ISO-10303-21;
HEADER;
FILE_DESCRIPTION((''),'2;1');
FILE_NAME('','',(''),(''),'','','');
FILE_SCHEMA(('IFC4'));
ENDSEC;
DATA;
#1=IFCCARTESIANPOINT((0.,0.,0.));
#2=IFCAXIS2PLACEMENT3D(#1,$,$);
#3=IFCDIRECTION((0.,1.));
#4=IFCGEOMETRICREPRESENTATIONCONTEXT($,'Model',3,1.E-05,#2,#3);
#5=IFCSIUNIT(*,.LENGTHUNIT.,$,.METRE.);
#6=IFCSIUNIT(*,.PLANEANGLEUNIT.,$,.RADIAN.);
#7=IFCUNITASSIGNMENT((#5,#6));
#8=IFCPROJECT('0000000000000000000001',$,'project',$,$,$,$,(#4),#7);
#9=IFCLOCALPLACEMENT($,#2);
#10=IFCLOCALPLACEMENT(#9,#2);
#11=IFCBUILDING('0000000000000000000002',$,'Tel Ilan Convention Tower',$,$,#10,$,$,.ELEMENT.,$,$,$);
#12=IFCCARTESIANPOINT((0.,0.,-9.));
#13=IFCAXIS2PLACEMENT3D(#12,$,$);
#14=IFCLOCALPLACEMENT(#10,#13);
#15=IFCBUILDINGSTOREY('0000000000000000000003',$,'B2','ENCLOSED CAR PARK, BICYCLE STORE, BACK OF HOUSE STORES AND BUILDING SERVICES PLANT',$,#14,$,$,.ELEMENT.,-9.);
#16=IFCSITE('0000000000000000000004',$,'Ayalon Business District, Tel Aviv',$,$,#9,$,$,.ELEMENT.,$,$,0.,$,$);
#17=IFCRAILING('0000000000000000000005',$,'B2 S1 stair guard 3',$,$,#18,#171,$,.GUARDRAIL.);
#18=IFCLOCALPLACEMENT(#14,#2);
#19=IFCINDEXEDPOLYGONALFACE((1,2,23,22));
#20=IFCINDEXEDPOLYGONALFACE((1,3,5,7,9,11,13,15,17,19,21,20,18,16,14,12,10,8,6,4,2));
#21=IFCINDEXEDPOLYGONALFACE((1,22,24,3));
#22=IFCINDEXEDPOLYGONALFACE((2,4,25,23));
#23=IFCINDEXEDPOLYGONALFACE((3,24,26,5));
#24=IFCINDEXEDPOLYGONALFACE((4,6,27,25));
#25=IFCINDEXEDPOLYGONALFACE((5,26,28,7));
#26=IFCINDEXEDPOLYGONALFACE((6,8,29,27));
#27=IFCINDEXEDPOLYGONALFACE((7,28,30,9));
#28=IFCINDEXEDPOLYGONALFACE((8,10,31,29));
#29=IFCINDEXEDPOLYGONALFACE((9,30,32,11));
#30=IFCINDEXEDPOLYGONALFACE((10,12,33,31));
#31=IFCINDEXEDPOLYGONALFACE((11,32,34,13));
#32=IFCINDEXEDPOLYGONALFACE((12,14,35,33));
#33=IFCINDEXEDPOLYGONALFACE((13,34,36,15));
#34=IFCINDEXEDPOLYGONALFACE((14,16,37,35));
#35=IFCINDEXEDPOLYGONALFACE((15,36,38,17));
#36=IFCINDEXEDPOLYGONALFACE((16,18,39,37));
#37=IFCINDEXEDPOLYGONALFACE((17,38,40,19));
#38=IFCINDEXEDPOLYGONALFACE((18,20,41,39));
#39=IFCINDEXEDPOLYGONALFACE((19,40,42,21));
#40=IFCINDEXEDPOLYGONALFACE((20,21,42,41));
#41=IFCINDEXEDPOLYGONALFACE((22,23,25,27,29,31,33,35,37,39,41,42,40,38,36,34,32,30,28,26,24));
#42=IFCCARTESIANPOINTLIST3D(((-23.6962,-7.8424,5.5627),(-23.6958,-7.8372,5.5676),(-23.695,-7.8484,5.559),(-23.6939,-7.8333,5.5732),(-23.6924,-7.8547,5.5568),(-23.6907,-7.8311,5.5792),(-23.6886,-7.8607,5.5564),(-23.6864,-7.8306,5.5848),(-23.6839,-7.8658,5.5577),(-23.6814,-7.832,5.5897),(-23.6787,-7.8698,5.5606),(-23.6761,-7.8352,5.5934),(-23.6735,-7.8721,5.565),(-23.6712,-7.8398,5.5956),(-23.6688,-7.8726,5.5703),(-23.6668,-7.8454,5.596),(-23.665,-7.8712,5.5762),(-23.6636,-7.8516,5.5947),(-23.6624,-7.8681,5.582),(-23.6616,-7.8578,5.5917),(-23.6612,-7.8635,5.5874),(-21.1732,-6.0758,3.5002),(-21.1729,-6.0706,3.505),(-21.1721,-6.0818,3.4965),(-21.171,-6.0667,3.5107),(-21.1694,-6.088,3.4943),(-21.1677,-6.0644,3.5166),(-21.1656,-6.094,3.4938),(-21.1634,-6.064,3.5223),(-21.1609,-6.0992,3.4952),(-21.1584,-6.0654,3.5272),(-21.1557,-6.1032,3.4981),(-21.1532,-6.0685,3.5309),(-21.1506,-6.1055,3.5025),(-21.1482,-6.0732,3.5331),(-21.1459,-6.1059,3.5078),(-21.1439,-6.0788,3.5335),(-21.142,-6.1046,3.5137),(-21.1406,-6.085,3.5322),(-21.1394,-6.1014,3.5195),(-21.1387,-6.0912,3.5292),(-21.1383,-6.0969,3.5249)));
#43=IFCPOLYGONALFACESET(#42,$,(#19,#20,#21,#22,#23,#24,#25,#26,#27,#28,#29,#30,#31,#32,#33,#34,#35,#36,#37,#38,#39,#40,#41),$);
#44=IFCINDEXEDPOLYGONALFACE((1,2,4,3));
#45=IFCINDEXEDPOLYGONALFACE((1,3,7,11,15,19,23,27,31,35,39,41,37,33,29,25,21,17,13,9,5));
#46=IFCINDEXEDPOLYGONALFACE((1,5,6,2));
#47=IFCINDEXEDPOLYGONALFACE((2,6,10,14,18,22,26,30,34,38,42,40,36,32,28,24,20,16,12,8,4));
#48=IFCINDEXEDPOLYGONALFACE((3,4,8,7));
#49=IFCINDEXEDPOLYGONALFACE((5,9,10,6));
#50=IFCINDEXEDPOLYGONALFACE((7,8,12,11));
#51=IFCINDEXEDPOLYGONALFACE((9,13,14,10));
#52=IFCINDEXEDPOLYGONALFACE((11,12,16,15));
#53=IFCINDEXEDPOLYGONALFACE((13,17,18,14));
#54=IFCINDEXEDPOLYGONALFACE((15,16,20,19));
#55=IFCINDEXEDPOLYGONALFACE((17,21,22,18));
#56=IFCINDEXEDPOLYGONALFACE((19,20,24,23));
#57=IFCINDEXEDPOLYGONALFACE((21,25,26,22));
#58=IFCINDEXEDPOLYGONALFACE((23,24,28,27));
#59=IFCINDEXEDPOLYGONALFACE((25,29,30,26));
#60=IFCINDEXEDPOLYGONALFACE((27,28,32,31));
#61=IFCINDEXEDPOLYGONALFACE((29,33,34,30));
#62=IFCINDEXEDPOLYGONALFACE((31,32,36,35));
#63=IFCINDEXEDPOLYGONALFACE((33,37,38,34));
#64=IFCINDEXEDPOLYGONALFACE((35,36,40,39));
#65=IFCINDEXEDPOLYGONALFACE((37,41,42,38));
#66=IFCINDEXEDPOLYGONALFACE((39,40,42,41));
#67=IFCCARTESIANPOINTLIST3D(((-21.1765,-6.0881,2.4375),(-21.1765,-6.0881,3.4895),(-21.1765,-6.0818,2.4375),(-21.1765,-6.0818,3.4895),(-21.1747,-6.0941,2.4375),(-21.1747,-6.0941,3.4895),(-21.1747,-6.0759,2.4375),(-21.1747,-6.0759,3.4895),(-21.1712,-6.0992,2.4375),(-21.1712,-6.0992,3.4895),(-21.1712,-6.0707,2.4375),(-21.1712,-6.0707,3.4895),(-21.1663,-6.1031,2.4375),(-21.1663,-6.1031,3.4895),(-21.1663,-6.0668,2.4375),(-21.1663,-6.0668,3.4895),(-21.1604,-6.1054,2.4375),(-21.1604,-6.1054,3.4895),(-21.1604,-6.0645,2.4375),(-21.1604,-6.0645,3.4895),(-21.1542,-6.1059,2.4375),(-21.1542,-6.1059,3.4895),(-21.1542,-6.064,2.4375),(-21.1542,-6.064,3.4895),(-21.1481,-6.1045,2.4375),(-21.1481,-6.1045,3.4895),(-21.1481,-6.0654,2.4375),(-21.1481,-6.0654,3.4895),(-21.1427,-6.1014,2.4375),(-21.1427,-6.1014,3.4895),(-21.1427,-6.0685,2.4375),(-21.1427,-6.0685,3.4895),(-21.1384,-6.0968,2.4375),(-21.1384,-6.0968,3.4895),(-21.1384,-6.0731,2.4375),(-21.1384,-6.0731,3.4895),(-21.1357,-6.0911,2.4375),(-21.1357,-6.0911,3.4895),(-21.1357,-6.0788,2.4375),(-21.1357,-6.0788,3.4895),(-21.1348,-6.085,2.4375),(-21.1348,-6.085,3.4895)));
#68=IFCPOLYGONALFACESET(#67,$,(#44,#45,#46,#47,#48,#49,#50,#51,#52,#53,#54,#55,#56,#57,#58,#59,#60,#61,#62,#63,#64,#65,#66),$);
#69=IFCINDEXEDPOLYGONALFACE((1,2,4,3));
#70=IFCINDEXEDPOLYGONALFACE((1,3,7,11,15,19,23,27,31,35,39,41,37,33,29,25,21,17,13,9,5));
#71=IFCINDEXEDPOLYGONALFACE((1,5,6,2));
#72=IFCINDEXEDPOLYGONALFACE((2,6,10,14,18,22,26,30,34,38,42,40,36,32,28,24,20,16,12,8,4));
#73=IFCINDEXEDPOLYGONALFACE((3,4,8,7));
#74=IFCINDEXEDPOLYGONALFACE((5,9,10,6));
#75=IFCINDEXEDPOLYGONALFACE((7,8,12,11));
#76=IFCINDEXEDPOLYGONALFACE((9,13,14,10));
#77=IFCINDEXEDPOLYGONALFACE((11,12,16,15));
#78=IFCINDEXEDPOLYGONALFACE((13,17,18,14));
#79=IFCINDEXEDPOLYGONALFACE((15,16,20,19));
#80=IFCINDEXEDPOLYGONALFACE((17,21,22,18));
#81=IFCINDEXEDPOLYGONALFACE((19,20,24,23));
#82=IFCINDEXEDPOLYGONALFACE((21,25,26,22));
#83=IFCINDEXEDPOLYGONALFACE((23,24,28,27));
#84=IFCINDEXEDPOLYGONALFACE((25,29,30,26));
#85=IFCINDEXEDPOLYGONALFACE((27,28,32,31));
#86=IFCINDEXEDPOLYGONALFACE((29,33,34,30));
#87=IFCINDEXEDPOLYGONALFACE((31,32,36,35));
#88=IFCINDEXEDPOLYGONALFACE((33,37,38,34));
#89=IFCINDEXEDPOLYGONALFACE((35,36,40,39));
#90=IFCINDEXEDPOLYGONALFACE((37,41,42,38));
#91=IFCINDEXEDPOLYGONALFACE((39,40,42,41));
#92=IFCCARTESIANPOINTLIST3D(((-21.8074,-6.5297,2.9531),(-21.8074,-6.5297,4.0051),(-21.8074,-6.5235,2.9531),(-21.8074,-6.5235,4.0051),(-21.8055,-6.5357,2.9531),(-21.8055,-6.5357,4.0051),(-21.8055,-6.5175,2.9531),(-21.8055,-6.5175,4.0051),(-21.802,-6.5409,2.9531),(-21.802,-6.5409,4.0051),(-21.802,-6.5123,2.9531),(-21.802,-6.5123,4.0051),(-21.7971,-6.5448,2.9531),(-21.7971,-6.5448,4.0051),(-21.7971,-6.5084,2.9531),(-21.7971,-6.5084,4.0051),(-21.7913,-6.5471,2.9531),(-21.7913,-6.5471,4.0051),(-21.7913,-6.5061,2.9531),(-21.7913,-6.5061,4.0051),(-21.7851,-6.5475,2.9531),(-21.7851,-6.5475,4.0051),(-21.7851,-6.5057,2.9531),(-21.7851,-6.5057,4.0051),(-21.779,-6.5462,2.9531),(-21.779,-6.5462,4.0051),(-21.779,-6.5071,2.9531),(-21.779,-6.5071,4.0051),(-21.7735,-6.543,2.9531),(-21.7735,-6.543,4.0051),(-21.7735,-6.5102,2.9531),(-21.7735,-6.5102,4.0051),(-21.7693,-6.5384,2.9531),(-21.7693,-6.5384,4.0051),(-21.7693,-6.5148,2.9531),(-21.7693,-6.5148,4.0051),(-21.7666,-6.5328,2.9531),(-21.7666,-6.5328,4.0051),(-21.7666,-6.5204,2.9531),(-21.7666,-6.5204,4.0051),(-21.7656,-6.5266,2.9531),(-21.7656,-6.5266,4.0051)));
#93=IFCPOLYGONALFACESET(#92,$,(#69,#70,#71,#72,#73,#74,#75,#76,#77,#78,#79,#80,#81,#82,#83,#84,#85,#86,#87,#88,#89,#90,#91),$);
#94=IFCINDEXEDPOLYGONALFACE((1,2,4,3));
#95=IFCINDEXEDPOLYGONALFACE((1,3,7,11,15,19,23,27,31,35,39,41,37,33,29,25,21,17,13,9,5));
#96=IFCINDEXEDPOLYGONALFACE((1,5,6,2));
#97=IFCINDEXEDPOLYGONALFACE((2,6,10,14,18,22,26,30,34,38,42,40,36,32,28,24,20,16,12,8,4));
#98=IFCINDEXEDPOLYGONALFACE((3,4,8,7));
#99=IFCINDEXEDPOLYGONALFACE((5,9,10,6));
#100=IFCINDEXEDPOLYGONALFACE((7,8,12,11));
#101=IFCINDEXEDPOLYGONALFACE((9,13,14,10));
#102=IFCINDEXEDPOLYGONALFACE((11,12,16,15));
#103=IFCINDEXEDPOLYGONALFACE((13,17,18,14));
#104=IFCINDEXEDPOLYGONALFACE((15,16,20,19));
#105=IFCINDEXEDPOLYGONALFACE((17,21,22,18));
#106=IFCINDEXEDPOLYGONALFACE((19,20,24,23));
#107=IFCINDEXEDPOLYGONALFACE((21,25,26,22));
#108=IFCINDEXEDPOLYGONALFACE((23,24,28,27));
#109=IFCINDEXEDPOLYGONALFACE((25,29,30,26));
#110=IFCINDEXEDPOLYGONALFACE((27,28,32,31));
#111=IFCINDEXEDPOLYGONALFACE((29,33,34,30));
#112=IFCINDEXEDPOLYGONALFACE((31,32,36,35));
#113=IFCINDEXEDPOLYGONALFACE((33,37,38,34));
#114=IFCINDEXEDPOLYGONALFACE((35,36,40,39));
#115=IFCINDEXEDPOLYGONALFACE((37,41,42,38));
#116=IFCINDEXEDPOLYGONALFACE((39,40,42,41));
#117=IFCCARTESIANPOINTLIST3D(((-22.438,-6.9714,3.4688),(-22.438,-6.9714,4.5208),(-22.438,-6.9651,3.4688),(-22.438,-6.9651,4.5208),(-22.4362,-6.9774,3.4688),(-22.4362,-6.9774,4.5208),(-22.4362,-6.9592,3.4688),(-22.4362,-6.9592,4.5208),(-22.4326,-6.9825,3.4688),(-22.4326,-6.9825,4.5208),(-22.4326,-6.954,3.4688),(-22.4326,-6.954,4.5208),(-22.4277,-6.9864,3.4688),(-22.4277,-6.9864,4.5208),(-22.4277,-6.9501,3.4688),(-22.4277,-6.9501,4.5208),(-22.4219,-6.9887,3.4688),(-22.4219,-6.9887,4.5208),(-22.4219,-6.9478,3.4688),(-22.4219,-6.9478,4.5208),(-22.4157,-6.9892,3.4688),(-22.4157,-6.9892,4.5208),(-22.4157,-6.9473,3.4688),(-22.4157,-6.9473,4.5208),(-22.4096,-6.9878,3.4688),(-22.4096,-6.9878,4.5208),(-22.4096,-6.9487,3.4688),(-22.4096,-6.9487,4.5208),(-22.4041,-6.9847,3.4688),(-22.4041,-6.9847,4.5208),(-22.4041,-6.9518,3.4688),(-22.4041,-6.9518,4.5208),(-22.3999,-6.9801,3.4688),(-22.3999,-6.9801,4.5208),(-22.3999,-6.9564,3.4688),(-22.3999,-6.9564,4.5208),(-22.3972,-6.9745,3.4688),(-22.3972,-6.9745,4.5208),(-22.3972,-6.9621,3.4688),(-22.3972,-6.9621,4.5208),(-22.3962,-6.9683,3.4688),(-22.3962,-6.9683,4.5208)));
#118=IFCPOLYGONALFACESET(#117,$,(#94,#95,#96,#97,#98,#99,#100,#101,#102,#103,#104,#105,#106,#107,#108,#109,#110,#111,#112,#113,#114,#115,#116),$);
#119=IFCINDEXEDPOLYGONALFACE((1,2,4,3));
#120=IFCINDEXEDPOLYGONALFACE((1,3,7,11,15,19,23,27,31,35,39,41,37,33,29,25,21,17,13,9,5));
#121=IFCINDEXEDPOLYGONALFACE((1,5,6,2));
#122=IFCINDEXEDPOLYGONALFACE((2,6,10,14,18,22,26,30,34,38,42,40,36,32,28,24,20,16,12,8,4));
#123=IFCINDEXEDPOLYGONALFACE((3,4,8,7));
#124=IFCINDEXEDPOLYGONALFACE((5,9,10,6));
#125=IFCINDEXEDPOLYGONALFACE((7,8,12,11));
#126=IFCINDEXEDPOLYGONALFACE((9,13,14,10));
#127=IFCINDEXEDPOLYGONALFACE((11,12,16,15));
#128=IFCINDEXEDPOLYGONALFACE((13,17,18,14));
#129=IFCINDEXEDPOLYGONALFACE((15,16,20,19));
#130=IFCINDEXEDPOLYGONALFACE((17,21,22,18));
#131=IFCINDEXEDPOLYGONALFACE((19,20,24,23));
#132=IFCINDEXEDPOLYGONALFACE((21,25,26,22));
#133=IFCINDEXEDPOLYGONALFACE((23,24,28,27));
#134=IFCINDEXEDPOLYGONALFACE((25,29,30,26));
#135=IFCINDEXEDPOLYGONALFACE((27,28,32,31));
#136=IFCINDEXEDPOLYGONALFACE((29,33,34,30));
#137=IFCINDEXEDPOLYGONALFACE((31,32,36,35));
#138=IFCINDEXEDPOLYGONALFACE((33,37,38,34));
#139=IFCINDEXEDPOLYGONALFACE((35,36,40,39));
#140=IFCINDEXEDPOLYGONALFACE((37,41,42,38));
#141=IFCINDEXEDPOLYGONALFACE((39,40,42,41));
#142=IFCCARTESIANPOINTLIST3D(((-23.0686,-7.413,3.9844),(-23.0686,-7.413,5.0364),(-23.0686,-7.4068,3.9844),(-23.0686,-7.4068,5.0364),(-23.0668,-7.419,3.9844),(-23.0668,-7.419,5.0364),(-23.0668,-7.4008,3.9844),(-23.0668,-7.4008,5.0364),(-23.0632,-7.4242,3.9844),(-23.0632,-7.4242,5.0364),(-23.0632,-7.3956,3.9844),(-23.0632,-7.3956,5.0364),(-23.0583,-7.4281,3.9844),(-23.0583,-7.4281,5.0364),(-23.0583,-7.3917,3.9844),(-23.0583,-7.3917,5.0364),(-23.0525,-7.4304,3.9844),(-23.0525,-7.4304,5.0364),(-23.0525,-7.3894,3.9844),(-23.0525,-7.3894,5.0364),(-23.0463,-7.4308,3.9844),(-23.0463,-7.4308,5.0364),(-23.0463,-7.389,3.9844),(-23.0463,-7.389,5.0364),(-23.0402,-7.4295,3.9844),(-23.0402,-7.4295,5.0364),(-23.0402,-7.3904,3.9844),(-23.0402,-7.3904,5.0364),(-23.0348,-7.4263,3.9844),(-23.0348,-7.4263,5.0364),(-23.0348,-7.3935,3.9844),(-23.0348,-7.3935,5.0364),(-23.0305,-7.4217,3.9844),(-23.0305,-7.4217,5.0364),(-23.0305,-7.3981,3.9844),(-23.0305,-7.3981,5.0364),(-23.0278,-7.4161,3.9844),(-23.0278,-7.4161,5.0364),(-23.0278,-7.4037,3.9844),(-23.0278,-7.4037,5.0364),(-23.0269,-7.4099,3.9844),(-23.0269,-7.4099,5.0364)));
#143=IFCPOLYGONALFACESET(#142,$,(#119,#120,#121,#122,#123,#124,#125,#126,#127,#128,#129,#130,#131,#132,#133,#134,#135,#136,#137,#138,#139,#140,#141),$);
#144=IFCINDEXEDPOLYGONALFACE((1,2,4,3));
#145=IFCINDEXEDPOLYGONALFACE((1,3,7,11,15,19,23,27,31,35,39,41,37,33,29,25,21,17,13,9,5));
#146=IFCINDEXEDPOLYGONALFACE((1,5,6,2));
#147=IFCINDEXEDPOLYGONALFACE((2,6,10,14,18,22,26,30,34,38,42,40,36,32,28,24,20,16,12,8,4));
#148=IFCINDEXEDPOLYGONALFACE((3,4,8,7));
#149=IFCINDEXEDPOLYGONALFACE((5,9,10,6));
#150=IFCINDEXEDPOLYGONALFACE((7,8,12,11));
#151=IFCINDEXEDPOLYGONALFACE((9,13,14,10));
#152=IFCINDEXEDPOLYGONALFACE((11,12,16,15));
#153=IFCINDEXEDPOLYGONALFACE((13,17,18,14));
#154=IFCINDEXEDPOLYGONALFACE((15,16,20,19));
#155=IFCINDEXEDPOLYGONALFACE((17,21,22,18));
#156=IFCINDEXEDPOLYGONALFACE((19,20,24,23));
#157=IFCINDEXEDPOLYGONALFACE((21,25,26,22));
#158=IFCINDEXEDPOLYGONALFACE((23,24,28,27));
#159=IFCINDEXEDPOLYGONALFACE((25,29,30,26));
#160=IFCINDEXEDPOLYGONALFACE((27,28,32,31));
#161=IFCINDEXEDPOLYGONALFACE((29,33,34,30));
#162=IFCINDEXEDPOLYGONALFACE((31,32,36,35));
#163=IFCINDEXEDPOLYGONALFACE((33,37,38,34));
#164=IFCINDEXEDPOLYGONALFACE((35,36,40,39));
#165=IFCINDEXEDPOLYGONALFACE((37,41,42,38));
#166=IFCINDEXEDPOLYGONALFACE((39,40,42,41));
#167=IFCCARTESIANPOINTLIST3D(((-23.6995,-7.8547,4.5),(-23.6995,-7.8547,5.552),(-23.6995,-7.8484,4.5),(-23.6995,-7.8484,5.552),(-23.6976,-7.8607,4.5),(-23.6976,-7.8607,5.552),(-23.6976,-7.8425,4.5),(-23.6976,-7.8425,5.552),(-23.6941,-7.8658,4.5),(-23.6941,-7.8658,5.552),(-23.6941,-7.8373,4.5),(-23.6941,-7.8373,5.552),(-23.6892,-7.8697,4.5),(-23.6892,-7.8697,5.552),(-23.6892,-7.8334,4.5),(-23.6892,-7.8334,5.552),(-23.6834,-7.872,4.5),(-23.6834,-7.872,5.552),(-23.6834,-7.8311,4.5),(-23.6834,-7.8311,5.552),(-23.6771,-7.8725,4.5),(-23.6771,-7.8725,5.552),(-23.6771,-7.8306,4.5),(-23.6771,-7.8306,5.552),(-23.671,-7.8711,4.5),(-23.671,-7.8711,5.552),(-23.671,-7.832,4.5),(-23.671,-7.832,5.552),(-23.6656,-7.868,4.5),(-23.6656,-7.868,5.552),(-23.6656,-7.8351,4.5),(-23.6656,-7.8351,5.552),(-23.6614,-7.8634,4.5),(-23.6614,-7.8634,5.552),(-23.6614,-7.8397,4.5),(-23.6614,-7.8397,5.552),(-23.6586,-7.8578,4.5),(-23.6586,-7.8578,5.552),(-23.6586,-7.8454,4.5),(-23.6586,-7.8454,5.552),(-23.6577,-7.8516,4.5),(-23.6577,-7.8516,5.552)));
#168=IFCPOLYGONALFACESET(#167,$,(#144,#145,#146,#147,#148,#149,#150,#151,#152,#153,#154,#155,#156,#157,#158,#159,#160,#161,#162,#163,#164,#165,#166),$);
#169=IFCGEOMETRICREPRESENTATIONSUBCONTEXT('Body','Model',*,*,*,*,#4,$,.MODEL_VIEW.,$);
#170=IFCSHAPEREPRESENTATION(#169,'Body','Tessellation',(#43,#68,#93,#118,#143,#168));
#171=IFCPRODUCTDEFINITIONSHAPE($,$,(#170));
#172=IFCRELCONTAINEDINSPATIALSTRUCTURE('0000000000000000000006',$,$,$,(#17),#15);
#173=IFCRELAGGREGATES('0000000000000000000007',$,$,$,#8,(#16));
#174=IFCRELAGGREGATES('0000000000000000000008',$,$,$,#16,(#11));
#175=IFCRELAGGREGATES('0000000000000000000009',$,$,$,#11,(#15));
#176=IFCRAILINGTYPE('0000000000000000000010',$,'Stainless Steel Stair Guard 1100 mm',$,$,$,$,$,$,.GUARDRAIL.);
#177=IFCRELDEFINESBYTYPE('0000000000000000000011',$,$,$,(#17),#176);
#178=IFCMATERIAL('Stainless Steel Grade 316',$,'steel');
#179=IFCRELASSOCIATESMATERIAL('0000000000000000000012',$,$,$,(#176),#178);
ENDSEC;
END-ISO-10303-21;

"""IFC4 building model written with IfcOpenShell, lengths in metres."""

from ifc_helpers import new_model, si_unit, direction, frame, origin, origin_2d, place, context, subcontext, project, spatial, circle, extrude, material, type_object, element, save


model = new_model("IFC4")

# Units and contexts
model_context = context("Model", 3, precision=1e-05, world=origin(), true_north=direction((0.0, 1.0)))
body_context = subcontext(model_context, "Body", "Model", "MODEL_VIEW")
ifc_project = project(units=[si_unit("LENGTHUNIT", "METRE"), si_unit("PLANEANGLEUNIT", "RADIAN")], contexts=[model_context])

# Site, building, storey
site_placement = place(None, origin())
site = spatial("IfcSite", under=ifc_project, at=site_placement, Name="Ayalon Business District, Tel Aviv", CompositionType="ELEMENT", RefElevation=0.0)
building_placement = place(site_placement, origin())
building = spatial("IfcBuilding", under=site, at=building_placement, Name="Tel Ilan Convention Tower", CompositionType="ELEMENT")
storey_placement = place(building_placement, frame((0.0, 0.0, -9.0)))
storey = spatial("IfcBuildingStorey", under=building, at=storey_placement, Name="B2", Description="ENCLOSED CAR PARK, BICYCLE STORE, BACK OF HOUSE STORES AND BUILDING SERVICES PLANT", CompositionType="ELEMENT", Elevation=-9.0)

# Railing
ifc_material_1 = material(Name="Stainless Steel Grade 316", Category="steel")
railing_type_1 = type_object("IfcRailingType", Name="Stainless Steel Stair Guard 1100 mm", PredefinedType="GUARDRAIL", material=ifc_material_1)
railing_1_placement = place(storey_placement, frame((-21.1558, -6.085, 2.4375)))
element("IfcRailing", 1, at=railing_1_placement, inside=storey, type_object=railing_type_1, Name="B2 S1 stair guard 3", PredefinedType="GUARDRAIL", context=body_context, shape_type="SweptSolid", body=[
    extrude(circle(Radius=0.0239, at=origin_2d()), frame((0.0, 0.0, 1.0762), z_axis=(-0.680635, -0.476589, 0.556416), x_axis=(0.573579, -0.81915, 0.0)), (0.0, 0.0, 1.0), 3.7068),
    extrude(circle(Radius=0.021, at=origin_2d()), origin(), (0.0, 0.0, 1.0), 1.052),
    extrude(circle(Radius=0.021, at=origin_2d()), frame((-0.6309, -0.4417, 0.5156)), (0.0, 0.0, 1.0), 1.052),
    extrude(circle(Radius=0.021, at=origin_2d()), frame((-1.2615, -0.8833, 1.0312)), (0.0, 0.0, 1.0), 1.052),
    extrude(circle(Radius=0.021, at=origin_2d()), frame((-1.8921, -1.325, 1.5469)), (0.0, 0.0, 1.0), 1.052),
    extrude(circle(Radius=0.021, at=origin_2d()), frame((-2.5229, -1.7666, 2.0625)), (0.0, 0.0, 1.0), 1.052),
])

save(model, "model.ifc")
